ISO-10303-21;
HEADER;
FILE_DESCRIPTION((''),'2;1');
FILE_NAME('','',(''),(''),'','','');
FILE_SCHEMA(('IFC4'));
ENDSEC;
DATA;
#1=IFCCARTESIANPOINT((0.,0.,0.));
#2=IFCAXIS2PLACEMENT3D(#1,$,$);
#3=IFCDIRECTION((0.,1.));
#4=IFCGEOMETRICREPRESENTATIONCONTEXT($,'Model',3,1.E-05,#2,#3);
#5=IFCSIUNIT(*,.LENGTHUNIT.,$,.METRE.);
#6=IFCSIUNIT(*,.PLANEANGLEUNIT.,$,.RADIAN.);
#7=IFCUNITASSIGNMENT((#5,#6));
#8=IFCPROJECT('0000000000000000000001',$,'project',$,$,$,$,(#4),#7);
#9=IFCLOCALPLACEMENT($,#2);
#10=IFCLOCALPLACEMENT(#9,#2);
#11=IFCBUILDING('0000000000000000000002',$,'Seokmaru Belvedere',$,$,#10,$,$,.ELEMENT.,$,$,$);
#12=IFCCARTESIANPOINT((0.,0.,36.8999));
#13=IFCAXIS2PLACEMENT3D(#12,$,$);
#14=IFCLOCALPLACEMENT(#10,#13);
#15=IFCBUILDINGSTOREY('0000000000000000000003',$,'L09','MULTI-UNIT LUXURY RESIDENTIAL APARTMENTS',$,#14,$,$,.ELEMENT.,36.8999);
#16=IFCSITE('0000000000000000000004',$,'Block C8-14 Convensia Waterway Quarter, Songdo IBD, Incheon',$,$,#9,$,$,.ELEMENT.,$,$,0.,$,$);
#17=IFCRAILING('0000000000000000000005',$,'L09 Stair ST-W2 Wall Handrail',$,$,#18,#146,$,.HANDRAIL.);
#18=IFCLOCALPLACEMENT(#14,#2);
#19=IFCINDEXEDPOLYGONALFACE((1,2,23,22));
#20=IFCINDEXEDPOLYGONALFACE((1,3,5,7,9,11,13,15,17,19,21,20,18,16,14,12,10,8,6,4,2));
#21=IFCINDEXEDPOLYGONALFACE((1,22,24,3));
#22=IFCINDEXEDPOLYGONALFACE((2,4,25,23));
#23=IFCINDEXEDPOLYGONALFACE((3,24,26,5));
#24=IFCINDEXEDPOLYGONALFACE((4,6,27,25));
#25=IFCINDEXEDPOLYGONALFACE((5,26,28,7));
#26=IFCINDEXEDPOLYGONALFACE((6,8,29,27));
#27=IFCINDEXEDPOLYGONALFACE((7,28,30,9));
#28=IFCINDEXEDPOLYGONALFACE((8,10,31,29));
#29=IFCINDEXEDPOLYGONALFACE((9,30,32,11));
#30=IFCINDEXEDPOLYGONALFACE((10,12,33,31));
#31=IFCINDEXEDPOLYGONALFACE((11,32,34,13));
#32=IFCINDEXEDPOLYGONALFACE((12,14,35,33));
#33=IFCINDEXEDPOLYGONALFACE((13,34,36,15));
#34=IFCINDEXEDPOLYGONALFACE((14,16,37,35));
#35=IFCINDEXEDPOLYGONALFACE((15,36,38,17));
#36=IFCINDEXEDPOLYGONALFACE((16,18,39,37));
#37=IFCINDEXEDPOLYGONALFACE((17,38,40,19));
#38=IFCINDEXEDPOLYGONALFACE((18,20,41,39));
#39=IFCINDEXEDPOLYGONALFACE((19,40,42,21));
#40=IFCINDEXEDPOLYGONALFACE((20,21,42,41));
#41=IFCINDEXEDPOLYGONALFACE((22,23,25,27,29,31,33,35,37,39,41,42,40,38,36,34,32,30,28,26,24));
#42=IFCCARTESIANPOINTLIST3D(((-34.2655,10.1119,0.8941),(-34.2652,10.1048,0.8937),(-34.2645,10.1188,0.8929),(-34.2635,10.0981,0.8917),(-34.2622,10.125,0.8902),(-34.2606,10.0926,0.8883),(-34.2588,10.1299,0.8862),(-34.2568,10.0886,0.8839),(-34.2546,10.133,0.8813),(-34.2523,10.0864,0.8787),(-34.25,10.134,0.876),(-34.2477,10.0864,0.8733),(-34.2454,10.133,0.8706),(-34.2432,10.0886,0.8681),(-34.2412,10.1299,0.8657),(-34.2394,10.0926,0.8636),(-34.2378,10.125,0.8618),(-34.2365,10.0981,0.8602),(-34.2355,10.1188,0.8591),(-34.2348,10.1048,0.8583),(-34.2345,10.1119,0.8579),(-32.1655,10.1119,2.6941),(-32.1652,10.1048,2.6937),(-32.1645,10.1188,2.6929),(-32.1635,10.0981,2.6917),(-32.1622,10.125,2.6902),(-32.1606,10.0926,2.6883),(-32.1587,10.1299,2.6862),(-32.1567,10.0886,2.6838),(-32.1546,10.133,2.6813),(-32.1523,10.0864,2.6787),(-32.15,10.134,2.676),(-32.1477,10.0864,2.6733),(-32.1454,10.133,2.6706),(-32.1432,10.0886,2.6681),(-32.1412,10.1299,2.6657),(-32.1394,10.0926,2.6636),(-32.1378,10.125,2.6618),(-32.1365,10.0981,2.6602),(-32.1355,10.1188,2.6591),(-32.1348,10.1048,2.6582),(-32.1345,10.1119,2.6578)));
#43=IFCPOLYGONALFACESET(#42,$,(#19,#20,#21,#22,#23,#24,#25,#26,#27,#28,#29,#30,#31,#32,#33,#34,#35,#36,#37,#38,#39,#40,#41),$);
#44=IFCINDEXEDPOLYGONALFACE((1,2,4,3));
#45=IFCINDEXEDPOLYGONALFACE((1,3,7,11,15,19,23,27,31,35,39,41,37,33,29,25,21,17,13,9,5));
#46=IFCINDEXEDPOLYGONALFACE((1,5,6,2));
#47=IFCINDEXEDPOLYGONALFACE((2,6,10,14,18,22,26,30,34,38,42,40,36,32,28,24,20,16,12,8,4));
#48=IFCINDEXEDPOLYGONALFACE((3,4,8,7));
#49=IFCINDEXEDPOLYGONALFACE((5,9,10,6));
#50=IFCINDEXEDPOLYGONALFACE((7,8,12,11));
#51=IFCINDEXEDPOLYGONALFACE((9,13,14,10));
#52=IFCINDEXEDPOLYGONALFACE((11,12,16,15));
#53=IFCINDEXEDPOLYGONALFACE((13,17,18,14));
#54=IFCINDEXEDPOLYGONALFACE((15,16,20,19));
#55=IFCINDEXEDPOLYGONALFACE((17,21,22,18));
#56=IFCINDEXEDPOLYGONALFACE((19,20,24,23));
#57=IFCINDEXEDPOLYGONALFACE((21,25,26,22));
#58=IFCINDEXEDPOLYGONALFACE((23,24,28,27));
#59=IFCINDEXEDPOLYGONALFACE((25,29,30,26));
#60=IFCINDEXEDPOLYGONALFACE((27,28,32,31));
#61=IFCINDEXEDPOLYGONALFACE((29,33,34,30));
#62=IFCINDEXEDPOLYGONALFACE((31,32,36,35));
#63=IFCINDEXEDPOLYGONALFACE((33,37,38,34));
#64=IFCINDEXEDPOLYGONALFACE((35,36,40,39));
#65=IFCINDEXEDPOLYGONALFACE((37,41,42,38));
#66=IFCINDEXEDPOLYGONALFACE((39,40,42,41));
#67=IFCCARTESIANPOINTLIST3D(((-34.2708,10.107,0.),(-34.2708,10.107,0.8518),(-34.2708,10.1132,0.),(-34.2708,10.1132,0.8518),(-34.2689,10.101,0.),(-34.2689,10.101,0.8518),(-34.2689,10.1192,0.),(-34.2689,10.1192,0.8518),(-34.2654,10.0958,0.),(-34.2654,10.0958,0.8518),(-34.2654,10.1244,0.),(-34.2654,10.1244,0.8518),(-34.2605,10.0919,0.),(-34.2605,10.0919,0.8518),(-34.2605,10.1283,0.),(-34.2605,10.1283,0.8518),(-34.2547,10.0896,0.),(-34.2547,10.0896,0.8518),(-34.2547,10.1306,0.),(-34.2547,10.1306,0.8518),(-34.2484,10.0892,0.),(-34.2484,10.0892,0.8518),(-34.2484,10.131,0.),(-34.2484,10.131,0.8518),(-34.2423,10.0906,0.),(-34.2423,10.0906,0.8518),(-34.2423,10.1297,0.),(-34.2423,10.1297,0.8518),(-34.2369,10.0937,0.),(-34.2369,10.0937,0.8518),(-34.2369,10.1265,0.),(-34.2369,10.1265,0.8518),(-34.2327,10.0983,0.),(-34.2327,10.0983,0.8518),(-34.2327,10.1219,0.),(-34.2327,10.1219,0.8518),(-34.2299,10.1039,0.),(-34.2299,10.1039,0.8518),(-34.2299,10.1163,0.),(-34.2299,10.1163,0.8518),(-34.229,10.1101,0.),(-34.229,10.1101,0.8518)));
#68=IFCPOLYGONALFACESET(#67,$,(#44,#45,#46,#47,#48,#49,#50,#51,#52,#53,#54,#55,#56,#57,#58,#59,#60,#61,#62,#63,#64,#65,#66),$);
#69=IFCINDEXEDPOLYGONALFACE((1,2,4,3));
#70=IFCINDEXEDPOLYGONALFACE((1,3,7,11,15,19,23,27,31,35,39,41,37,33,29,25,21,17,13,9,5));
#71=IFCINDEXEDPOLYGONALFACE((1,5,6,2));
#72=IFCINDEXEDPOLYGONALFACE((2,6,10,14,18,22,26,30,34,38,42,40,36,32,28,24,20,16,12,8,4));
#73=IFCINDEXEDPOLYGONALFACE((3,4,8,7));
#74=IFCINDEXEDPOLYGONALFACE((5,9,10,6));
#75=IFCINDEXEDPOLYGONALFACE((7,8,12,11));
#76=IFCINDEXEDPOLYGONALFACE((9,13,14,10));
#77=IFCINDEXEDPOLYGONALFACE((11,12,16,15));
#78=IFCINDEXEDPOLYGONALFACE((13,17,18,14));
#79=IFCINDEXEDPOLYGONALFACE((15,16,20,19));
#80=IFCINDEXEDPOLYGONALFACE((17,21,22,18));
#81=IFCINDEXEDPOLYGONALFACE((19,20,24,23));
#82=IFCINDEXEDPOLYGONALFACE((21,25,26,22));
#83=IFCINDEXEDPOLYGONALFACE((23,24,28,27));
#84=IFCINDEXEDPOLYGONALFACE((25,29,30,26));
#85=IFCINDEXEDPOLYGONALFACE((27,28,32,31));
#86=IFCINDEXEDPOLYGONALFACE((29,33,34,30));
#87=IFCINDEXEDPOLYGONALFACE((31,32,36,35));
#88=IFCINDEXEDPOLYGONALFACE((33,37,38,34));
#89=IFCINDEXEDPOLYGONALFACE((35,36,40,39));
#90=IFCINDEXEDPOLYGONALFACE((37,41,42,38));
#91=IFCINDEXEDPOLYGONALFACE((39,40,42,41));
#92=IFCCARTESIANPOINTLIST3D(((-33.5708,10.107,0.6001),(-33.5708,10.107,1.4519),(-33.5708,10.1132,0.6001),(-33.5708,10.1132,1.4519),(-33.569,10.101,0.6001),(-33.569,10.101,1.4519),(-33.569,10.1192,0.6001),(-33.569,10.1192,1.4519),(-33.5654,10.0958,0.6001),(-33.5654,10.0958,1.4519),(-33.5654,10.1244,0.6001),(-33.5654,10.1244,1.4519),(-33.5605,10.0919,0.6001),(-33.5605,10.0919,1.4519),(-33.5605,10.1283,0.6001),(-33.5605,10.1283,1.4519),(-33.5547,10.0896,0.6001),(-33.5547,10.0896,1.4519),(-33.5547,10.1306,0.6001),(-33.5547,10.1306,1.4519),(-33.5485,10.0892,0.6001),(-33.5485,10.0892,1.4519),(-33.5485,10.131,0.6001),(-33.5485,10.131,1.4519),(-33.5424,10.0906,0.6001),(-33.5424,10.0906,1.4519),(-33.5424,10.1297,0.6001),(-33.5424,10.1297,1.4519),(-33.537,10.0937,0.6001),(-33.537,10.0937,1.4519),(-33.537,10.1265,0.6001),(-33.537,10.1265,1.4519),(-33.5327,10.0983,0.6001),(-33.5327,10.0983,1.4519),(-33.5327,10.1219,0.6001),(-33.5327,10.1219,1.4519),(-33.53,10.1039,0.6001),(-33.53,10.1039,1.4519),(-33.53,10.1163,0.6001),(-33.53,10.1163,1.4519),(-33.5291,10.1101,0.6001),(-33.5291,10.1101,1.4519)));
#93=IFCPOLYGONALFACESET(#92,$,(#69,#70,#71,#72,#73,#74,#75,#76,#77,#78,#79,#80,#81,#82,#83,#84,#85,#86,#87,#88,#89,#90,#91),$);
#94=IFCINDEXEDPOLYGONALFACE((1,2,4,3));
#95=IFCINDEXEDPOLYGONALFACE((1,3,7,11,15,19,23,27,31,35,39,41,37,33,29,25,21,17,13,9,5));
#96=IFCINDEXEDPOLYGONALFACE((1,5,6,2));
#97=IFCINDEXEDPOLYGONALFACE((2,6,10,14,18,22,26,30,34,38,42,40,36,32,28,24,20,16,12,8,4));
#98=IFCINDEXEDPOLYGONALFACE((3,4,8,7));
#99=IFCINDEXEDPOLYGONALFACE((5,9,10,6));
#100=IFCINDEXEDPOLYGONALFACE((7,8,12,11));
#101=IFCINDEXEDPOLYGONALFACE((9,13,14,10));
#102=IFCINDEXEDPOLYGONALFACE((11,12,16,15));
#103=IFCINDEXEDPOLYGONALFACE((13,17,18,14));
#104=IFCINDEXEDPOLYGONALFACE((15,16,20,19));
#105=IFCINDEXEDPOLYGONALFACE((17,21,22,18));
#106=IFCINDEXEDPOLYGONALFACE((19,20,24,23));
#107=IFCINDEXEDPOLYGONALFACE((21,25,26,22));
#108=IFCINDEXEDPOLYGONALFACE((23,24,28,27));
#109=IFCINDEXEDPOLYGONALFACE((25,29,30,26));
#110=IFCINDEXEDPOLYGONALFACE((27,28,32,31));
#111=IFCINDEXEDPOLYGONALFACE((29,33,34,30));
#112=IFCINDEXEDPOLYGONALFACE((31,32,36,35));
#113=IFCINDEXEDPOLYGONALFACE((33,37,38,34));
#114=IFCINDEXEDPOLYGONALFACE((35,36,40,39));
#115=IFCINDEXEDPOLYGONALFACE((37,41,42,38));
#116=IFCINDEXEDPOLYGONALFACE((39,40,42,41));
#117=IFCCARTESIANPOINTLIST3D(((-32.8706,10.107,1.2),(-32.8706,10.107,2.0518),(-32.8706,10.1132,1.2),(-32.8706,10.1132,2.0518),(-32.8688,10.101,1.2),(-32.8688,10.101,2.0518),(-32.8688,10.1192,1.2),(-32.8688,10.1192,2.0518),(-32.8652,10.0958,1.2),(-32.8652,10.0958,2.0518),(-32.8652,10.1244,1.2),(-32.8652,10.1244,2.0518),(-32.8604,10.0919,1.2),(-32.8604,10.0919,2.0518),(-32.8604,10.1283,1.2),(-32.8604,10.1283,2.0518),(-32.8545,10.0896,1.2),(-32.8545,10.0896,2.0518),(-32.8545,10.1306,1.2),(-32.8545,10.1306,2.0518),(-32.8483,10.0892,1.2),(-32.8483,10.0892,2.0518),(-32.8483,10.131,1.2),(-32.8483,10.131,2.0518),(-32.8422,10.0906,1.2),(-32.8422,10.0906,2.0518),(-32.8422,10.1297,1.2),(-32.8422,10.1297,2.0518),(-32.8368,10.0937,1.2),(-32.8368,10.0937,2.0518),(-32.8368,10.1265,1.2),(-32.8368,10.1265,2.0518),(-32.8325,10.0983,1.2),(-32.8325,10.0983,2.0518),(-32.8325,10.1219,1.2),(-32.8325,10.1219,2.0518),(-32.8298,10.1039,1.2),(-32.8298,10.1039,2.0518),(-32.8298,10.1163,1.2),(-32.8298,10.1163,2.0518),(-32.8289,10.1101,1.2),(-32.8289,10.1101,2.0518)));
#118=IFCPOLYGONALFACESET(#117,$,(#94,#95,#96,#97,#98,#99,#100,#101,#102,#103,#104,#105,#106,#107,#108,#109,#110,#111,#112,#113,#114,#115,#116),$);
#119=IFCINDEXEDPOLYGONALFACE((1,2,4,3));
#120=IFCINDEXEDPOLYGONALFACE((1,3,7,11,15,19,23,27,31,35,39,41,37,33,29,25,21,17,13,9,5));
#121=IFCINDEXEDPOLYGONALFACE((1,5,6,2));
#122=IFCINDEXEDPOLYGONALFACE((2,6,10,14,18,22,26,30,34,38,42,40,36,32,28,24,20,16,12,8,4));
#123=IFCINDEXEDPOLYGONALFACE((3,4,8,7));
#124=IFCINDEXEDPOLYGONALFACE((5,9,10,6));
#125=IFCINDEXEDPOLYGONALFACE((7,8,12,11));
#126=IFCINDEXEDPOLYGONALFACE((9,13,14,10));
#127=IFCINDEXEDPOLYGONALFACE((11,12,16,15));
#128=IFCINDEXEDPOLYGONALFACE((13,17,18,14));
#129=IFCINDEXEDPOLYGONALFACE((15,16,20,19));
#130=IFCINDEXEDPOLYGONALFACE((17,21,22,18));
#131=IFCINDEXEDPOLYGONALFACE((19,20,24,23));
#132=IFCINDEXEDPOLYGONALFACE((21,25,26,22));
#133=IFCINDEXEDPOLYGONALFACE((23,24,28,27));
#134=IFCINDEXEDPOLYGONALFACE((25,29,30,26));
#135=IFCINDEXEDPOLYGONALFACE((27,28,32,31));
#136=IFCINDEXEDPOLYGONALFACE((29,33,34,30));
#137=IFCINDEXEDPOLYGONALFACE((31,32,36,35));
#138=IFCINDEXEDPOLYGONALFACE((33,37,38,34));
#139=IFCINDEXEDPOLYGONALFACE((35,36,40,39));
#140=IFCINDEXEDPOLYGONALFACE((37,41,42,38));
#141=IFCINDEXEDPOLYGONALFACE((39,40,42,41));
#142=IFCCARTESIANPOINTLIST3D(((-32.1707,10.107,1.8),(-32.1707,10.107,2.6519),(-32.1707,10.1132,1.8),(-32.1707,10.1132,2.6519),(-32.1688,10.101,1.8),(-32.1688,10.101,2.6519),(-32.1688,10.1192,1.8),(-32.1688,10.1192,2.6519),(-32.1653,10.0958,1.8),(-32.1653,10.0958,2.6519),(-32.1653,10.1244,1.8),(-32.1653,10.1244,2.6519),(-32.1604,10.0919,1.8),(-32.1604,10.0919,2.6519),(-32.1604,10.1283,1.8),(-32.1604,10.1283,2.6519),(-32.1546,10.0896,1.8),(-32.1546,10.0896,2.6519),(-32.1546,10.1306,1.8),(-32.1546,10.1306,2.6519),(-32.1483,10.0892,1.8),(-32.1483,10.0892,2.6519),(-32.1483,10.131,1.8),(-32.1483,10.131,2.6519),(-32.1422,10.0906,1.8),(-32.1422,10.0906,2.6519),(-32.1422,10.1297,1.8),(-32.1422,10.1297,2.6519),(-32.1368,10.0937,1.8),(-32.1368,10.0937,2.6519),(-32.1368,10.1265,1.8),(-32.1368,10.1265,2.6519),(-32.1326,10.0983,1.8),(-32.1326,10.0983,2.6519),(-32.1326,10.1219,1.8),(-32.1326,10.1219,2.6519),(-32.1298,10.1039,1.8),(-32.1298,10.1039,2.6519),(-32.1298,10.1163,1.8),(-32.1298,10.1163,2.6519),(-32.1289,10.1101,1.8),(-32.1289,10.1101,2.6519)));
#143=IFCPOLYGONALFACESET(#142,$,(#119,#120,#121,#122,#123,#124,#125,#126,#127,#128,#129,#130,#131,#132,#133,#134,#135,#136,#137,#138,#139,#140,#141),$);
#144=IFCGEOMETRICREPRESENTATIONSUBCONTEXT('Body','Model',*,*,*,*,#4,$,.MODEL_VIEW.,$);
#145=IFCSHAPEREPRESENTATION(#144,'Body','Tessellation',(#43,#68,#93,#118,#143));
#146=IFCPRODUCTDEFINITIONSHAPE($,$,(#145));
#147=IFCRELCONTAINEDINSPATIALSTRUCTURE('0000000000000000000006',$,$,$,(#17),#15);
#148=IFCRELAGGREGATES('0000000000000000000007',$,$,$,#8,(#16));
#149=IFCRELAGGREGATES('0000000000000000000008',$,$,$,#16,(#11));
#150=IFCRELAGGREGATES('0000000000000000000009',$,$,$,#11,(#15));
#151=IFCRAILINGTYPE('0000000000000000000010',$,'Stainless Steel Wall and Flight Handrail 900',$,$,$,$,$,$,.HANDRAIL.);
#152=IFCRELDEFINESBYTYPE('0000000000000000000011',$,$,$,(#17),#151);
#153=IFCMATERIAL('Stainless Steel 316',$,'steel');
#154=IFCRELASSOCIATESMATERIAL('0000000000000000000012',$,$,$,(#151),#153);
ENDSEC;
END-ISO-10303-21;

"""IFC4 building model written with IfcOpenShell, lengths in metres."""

from ifc_helpers import new_model, si_unit, direction, frame, origin, origin_2d, place, context, subcontext, project, spatial, circle, extrude, material, type_object, element, save


model = new_model("IFC4")

# Units and contexts
model_context = context("Model", 3, precision=1e-05, world=origin(), true_north=direction((0.0, 1.0)))
body_context = subcontext(model_context, "Body", "Model", "MODEL_VIEW")
ifc_project = project(units=[si_unit("LENGTHUNIT", "METRE"), si_unit("PLANEANGLEUNIT", "RADIAN")], contexts=[model_context])

# Site, building, storey
site_placement = place(None, origin())
site = spatial("IfcSite", under=ifc_project, at=site_placement, Name="Block C8-14 Convensia Waterway Quarter, Songdo IBD, Incheon", CompositionType="ELEMENT", RefElevation=0.0)
building_placement = place(site_placement, origin())
building = spatial("IfcBuilding", under=site, at=building_placement, Name="Seokmaru Belvedere", CompositionType="ELEMENT")
storey_placement = place(building_placement, frame((0.0, 0.0, 36.8999)))
storey = spatial("IfcBuildingStorey", under=building, at=storey_placement, Name="L09", Description="MULTI-UNIT LUXURY RESIDENTIAL APARTMENTS", CompositionType="ELEMENT", Elevation=36.8999)

# Railing
ifc_material_1 = material(Name="Stainless Steel 316", Category="steel")
railing_type_1 = type_object("IfcRailingType", Name="Stainless Steel Wall and Flight Handrail 900", PredefinedType="HANDRAIL", material=ifc_material_1)
railing_1_placement = place(storey_placement, frame((-34.25, 10.1101, 0.0)))
element("IfcRailing", 1, at=railing_1_placement, inside=storey, type_object=railing_type_1, Name="L09 Stair ST-W2 Wall Handrail", PredefinedType="HANDRAIL", context=body_context, shape_type="SweptSolid", body=[
    extrude(circle(Radius=0.0239, at=origin_2d()), frame((0.0, 0.0, 0.876), z_axis=(0.759263, 0.0, 0.650784), x_axis=(0.0, 1.0, 0.0)), (0.0, 0.0, 1.0), 2.7659),
    extrude(circle(Radius=0.021, at=origin_2d()), origin(), (0.0, 0.0, 1.0), 0.8518),
    extrude(circle(Radius=0.021, at=origin_2d()), frame((0.7, 0.0, 0.6001)), (0.0, 0.0, 1.0), 0.8518),
    extrude(circle(Radius=0.021, at=origin_2d()), frame((1.4001, 0.0, 1.2)), (0.0, 0.0, 1.0), 0.8518),
    extrude(circle(Radius=0.021, at=origin_2d()), frame((2.1001, 0.0, 1.8)), (0.0, 0.0, 1.0), 0.8518),
])

save(model, "model.ifc")
